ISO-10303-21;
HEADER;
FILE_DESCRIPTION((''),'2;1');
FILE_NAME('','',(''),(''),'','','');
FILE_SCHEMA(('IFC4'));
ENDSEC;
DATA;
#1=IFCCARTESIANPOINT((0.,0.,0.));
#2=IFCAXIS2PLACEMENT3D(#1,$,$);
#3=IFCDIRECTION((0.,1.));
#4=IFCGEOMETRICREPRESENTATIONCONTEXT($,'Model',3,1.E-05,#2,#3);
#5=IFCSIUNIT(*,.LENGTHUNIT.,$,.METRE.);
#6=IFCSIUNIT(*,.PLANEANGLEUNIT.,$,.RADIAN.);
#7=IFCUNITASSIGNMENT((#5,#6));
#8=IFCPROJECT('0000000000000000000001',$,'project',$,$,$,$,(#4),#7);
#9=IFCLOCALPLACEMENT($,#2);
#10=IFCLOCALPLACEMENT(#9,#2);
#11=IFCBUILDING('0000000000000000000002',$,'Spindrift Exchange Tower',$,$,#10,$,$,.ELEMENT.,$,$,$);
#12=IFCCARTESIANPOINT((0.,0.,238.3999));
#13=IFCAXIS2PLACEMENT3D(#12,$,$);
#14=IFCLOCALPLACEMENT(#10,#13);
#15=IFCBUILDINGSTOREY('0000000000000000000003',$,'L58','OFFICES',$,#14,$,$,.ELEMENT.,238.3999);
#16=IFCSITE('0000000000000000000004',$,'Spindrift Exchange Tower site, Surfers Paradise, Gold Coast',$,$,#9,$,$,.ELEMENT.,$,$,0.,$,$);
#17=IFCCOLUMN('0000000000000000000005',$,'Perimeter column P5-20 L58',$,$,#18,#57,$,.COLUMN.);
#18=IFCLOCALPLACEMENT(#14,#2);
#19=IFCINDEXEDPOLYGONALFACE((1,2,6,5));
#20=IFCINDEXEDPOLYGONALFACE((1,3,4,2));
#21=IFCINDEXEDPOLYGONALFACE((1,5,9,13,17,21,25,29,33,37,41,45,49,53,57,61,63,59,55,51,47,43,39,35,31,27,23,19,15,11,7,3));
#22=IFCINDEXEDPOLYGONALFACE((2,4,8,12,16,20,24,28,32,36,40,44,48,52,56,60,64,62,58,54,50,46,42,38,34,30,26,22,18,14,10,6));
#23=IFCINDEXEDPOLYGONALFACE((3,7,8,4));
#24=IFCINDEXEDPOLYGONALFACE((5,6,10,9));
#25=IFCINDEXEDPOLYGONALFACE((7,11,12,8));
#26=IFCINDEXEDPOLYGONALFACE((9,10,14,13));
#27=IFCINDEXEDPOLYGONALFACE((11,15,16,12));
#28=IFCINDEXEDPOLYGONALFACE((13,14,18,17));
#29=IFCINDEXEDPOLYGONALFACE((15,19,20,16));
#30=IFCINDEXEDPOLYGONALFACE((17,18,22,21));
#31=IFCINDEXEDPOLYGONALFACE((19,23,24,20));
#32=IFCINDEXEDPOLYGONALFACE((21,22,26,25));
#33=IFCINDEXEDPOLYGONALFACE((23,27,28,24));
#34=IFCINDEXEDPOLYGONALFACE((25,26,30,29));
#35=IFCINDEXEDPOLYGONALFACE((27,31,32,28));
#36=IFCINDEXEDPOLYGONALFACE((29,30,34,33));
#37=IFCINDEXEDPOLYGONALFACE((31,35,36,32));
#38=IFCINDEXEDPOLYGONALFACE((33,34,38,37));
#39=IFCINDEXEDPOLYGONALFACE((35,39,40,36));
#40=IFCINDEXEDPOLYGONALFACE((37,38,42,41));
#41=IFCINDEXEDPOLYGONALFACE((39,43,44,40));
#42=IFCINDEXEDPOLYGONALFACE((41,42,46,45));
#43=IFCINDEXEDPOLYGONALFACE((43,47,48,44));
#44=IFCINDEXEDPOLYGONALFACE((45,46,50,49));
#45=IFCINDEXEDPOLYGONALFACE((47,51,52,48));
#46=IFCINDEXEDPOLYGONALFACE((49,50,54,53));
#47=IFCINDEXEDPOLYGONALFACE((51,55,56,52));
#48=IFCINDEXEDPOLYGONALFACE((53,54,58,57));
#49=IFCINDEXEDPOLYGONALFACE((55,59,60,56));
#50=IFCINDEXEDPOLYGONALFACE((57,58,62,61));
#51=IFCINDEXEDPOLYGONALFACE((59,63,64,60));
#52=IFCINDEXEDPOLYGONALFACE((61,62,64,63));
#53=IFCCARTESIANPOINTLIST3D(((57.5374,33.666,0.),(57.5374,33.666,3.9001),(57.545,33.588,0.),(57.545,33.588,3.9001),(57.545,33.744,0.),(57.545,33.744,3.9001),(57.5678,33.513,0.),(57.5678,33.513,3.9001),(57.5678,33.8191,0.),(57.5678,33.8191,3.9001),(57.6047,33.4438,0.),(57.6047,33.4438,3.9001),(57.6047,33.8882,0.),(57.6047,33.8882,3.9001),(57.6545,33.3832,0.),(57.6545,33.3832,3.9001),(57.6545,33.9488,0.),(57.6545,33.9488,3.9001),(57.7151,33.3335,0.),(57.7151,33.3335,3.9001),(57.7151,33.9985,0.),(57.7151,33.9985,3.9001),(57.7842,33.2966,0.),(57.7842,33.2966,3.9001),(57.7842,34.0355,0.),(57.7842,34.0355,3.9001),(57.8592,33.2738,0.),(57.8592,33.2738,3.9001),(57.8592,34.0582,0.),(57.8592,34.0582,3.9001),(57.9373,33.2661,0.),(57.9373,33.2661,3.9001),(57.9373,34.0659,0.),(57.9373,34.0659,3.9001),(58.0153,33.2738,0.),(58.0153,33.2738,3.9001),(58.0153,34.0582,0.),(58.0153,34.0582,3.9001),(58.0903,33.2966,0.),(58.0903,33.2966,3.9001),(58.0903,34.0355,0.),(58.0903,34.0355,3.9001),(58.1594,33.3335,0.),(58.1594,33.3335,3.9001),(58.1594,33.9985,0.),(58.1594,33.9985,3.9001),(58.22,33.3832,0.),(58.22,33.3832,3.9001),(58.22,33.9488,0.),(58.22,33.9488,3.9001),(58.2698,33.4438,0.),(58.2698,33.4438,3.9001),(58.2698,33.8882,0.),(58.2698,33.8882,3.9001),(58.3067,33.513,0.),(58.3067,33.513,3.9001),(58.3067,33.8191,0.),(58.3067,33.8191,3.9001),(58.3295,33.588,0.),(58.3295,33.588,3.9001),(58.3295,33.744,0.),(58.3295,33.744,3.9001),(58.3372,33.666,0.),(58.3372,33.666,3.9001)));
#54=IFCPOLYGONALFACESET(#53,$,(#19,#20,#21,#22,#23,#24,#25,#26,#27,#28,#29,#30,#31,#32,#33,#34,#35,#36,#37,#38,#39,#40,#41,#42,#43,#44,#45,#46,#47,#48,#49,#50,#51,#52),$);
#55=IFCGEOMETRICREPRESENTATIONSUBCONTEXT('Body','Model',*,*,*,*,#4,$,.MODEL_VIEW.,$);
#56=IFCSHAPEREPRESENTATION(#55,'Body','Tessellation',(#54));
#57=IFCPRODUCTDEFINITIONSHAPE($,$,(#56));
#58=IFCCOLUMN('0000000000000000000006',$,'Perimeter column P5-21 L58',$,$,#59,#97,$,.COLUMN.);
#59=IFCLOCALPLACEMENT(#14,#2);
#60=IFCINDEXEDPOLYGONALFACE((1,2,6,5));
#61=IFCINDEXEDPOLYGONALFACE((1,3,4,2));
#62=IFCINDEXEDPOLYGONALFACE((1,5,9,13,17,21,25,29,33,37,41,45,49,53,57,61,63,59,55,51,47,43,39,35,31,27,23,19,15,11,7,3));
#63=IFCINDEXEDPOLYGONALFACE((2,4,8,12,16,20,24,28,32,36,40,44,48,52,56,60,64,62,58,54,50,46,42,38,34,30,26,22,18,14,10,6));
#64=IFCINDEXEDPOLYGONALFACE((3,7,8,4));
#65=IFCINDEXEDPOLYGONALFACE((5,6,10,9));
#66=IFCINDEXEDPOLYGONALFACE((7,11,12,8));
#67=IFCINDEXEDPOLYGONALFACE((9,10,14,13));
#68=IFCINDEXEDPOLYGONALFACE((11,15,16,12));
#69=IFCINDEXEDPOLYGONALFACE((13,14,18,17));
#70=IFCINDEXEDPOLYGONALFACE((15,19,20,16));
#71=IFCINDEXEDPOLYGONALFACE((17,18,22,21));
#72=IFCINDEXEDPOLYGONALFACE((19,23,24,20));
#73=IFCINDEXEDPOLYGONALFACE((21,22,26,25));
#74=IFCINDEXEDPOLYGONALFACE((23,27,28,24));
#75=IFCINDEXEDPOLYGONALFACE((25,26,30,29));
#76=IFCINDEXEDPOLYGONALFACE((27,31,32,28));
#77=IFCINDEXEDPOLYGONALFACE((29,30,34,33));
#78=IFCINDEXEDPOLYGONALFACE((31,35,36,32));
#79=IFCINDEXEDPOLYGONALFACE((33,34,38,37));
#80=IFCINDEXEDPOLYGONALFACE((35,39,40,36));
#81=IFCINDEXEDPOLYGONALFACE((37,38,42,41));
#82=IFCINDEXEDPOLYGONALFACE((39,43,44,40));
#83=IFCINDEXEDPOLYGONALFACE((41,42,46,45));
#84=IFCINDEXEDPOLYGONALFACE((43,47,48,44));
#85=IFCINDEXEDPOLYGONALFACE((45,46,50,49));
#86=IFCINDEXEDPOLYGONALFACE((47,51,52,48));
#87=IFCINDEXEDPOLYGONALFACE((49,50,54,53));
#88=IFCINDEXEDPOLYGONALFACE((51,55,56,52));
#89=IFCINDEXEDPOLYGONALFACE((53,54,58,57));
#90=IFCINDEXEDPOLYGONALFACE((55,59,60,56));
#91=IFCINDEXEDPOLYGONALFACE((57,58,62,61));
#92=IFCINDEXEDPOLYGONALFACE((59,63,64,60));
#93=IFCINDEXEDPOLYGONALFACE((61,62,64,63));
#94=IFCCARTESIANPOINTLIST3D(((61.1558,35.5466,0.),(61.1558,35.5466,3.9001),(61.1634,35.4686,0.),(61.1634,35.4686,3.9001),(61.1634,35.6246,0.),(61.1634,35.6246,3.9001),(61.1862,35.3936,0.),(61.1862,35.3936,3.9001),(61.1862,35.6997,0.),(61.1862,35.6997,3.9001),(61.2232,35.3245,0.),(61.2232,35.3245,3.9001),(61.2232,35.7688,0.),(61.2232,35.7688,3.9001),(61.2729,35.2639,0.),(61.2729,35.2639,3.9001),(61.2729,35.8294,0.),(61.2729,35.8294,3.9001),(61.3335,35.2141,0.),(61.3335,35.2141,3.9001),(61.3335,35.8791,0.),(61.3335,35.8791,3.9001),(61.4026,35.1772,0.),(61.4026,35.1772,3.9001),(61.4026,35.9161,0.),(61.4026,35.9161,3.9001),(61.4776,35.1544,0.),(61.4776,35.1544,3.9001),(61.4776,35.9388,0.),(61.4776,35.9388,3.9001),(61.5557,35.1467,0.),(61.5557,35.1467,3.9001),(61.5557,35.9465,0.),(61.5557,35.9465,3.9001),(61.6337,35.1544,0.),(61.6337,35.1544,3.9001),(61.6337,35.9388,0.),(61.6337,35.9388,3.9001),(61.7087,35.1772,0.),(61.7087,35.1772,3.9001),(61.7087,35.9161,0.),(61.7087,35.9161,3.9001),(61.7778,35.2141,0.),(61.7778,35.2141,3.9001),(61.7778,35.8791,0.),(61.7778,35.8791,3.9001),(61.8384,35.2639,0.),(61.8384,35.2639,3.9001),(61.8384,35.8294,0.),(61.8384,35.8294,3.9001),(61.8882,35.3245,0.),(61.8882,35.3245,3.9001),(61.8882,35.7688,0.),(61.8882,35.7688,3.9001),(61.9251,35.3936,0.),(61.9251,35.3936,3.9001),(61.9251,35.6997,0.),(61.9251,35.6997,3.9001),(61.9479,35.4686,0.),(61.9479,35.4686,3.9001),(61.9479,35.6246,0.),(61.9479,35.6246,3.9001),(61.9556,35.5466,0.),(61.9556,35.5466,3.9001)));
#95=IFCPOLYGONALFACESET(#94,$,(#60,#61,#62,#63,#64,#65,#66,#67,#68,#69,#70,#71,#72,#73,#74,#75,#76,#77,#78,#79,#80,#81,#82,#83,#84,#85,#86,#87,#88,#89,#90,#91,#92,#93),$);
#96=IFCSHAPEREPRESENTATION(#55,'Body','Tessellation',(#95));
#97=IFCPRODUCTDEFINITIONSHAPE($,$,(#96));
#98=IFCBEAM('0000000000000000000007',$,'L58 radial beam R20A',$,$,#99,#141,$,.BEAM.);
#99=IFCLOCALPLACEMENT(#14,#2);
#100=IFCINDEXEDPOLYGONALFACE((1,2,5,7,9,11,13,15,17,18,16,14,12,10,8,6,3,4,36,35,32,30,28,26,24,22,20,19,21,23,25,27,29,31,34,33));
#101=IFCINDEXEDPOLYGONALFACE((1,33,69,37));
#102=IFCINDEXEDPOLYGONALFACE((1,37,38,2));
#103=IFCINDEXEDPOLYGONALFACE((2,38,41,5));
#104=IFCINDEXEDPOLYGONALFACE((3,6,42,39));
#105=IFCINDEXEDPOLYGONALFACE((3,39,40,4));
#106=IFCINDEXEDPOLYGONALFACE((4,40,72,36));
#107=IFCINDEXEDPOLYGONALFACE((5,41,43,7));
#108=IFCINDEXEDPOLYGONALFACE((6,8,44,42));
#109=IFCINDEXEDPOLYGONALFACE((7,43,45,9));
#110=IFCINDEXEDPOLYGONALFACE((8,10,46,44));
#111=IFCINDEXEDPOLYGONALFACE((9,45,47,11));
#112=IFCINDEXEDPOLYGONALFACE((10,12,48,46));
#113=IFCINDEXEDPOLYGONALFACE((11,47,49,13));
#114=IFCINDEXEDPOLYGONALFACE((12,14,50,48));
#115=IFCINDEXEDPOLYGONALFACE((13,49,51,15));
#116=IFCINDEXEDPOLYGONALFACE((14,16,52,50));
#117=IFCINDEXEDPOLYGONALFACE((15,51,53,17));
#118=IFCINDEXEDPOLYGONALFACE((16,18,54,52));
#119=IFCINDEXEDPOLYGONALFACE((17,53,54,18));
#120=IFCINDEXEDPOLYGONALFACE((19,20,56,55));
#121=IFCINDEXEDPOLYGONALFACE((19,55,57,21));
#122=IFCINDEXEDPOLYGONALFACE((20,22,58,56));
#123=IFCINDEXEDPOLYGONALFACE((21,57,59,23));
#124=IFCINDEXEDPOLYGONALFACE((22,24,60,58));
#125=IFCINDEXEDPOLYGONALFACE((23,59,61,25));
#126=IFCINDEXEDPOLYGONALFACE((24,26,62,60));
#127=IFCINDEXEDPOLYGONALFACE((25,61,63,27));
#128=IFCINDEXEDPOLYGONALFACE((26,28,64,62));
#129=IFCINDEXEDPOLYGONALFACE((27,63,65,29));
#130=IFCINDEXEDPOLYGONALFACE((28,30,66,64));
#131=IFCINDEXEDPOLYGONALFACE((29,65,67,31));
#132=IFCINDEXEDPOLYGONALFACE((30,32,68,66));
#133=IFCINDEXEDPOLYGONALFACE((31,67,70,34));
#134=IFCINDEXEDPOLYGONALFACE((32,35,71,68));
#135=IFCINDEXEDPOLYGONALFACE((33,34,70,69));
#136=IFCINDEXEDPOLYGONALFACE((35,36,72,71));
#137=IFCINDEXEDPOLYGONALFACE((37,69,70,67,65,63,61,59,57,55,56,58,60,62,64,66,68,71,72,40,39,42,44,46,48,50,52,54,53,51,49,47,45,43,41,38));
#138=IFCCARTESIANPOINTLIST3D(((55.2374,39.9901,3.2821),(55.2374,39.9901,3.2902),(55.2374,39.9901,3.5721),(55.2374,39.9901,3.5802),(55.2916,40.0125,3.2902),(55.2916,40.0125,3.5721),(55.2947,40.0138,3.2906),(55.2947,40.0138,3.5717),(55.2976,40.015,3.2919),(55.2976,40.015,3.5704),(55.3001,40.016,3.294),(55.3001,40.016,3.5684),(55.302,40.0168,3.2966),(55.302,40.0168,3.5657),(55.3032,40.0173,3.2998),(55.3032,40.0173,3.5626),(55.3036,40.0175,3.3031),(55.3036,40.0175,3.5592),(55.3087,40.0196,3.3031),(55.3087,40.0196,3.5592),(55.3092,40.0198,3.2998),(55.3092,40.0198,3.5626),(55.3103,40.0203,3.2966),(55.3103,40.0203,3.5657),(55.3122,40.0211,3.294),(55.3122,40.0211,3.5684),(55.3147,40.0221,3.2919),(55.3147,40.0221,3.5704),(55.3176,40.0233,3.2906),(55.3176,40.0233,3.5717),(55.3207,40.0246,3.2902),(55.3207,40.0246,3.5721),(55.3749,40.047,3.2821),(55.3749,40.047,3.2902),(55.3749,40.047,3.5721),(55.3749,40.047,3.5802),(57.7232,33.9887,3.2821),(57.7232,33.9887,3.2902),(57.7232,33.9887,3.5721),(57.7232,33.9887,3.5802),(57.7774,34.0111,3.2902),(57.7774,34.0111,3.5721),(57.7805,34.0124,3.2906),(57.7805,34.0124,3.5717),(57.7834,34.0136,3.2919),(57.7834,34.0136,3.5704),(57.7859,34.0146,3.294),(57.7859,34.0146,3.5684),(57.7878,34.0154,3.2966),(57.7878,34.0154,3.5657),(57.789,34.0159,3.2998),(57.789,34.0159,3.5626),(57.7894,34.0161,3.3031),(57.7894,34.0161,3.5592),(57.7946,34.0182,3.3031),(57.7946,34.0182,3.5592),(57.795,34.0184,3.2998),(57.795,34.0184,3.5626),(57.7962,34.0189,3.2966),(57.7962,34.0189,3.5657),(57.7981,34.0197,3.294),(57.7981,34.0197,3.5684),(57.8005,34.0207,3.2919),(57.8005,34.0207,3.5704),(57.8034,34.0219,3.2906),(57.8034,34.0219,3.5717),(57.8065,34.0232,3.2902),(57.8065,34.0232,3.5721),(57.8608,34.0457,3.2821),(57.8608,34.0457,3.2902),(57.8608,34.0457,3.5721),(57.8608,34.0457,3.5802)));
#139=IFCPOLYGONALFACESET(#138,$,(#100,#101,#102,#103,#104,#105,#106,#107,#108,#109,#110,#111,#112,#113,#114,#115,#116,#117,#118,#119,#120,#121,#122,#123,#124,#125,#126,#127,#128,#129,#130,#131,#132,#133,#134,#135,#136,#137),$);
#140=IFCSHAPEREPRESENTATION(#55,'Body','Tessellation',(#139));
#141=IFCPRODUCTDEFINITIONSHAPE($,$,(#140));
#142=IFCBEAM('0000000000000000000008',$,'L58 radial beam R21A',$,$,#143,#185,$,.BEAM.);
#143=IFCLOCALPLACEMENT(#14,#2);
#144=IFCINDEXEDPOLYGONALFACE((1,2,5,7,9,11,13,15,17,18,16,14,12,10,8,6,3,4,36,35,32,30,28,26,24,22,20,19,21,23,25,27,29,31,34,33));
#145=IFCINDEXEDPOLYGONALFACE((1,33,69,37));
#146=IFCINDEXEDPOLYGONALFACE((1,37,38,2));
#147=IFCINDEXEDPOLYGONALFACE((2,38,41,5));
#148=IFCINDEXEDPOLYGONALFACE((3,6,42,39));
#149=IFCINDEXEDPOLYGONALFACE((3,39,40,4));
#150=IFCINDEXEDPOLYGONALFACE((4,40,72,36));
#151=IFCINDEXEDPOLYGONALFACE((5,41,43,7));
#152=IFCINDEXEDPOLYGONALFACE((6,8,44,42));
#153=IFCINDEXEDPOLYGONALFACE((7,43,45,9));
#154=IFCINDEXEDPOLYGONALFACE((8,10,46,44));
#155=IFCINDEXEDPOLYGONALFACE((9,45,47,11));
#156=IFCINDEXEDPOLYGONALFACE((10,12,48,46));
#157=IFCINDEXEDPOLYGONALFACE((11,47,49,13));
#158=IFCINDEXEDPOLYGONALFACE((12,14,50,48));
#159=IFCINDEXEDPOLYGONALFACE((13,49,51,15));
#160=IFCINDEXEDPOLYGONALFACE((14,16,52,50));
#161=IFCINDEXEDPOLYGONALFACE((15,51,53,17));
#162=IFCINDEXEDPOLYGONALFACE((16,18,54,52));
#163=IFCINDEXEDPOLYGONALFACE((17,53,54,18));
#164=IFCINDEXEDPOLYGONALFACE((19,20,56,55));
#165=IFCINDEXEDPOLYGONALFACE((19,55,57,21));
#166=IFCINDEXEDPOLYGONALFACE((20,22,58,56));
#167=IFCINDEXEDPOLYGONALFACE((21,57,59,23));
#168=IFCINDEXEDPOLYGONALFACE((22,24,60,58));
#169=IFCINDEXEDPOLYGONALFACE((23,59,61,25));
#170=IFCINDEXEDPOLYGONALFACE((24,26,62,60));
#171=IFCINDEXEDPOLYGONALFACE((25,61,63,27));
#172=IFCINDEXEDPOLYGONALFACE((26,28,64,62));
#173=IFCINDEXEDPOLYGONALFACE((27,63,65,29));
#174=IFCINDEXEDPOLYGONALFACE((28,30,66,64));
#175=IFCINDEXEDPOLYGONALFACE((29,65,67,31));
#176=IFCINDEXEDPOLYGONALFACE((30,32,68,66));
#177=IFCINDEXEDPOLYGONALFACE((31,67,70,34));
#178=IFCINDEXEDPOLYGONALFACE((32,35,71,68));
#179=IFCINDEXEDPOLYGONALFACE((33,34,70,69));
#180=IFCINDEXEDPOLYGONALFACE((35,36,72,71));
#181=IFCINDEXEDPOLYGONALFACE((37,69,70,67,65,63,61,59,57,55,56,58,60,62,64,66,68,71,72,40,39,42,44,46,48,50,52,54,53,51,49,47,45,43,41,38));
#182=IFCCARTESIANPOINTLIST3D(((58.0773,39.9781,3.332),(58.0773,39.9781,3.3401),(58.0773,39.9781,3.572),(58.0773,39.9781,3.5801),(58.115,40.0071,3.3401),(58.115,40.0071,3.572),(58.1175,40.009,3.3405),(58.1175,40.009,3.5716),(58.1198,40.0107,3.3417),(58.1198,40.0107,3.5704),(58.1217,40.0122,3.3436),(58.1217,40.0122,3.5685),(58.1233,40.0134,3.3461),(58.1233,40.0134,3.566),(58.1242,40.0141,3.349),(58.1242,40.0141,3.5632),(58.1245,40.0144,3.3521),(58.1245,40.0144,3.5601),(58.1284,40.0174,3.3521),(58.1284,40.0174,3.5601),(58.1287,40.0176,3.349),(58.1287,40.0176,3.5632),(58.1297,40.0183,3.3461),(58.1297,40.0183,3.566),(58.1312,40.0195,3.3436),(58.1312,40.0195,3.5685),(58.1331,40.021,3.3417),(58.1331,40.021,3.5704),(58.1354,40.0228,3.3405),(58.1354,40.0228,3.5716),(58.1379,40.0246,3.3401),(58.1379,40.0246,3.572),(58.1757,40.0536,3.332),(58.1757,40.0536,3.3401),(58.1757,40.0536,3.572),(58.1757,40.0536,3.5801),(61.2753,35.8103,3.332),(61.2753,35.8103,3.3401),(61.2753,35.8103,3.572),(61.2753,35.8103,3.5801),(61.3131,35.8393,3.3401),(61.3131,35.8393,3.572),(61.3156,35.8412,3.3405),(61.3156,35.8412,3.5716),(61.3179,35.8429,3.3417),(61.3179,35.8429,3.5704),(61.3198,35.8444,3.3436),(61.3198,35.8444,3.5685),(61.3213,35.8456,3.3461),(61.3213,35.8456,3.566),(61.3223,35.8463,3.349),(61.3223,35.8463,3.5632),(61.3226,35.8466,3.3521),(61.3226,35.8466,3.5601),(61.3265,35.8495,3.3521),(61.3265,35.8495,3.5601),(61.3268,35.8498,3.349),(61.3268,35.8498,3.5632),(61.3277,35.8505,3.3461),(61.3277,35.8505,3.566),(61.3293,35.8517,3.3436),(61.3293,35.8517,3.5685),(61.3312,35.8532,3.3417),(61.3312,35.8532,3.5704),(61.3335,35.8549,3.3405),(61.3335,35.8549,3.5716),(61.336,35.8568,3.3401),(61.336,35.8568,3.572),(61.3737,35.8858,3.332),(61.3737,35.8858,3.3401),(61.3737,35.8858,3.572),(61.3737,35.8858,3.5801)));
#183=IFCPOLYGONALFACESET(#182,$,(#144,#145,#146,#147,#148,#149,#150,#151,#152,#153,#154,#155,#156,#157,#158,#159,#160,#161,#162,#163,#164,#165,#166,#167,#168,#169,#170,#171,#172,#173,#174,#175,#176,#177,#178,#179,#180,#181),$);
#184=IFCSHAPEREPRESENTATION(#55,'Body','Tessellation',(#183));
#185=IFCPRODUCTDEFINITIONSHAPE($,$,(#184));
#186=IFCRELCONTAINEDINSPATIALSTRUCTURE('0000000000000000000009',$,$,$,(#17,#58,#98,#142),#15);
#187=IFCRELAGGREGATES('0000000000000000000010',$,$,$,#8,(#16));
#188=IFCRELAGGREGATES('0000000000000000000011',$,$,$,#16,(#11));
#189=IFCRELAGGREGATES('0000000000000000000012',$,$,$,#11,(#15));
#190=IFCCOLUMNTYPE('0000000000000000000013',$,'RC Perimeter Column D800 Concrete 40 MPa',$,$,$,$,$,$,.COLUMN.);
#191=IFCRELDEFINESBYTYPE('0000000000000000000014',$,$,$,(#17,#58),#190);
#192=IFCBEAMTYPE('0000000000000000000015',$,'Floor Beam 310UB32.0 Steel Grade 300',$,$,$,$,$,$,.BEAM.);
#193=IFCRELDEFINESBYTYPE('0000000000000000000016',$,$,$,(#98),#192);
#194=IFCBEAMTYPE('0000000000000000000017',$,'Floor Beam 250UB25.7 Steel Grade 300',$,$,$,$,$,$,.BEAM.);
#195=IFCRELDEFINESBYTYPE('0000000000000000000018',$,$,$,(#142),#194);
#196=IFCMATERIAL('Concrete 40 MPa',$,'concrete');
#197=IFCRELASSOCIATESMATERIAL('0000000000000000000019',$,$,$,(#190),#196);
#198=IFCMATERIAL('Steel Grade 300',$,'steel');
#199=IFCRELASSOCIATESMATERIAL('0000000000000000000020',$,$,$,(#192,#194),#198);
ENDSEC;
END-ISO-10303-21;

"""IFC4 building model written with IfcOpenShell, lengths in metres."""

from ifc_helpers import new_model, si_unit, direction, frame, origin, origin_2d, place, context, subcontext, project, spatial, circle, i_section, extrude, source, transform, mapped, material, material_profile, profile_set, type_object, element, save


model = new_model("IFC4")

# Units and contexts
model_context = context("Model", 3, precision=1e-05, world=origin(), true_north=direction((0.0, 1.0)))
body_context = subcontext(model_context, "Body", "Model", "MODEL_VIEW")
ifc_project = project(units=[si_unit("LENGTHUNIT", "METRE"), si_unit("PLANEANGLEUNIT", "RADIAN")], contexts=[model_context])

# Site, building, storey
site_placement = place(None, origin())
site = spatial("IfcSite", under=ifc_project, at=site_placement, Name="Spindrift Exchange Tower site, Surfers Paradise, Gold Coast", CompositionType="ELEMENT", RefElevation=0.0)
building_placement = place(site_placement, origin())
building = spatial("IfcBuilding", under=site, at=building_placement, Name="Spindrift Exchange Tower", CompositionType="ELEMENT")
storey_placement = place(building_placement, frame((0.0, 0.0, 238.3999)))
storey = spatial("IfcBuildingStorey", under=building, at=storey_placement, Name="L58", Description="OFFICES", CompositionType="ELEMENT", Elevation=238.3999)

# Columns
ifc_material_1 = material(Name="Concrete 40 MPa", Category="concrete")
ifc_material_profile_1 = material_profile(ifc_material_1, circle(Radius=0.3999, at=origin_2d()), Name="RC D800")
ifc_profile_set_1 = profile_set([ifc_material_profile_1], Name="Concrete 40 MPa")
column_type = type_object("IfcColumnType", Name="RC Perimeter Column D800 Concrete 40 MPa", PredefinedType="COLUMN", material=ifc_profile_set_1)
shared_shape_1 = source(origin(), body_context, "Body", "SweptSolid", [
    extrude(circle(Radius=0.3999, at=origin_2d()), origin(), (0.0, 0.0, 1.0), 3.9001),
])
for number, where, z_axis, x_axis, name in (
    (1, (57.9373, 33.666, 0.0), (0.0, 0.0, 1.0), (1.0, 0.0, 0.0), "Perimeter column P5-20 L58"),
    (2, (61.5557, 35.5466, 0.0), (0.0, 0.0, 1.0), (1.0, 0.0, 0.0), "Perimeter column P5-21 L58"),
):
    element("IfcColumn", number, at=place(storey_placement, frame(where, z_axis=z_axis, x_axis=x_axis)), inside=storey, type_object=column_type, Name=name, PredefinedType="COLUMN", context=body_context, shape_type="MappedRepresentation", body=[
        mapped(shared_shape_1, transform((0.0, 0.0, 0.0), scale=1.0)),
    ])

# Beams
ifc_material_2 = material(Name="Steel Grade 300", Category="steel")
ifc_material_profile_2 = material_profile(ifc_material_2, i_section(OverallWidth=0.1489, OverallDepth=0.2981, WebThickness=0.0056, FlangeThickness=0.0081, FilletRadius=0.0129, at=origin_2d()), Name="310UB32.0")
ifc_profile_set_2 = profile_set([ifc_material_profile_2], Name="Steel Grade 300")
beam_type_1 = type_object("IfcBeamType", Name="Floor Beam 310UB32.0 Steel Grade 300", PredefinedType="BEAM", material=ifc_profile_set_2)
shared_shape_2 = source(origin(), body_context, "Body", "SweptSolid", [
    extrude(i_section(OverallWidth=0.1489, OverallDepth=0.2981, WebThickness=0.0056, FlangeThickness=0.0081, FilletRadius=0.0129, at=origin_2d()), origin(), (0.0, 0.0, 1.0), 6.4958),
])
beam_1_placement = place(storey_placement, frame((55.3062, 40.0186, 3.4312), z_axis=(0.382677, -0.923882, 0.0), x_axis=(0.923882, 0.382677, 0.0)))
element("IfcBeam", 3, at=beam_1_placement, inside=storey, type_object=beam_type_1, Name="L58 radial beam R20A", PredefinedType="BEAM", context=body_context, shape_type="MappedRepresentation", body=[
    mapped(shared_shape_2, transform((0.0, 0.0, 0.0), scale=1.0)),
])
ifc_material_profile_3 = material_profile(ifc_material_2, i_section(OverallWidth=0.124, OverallDepth=0.248, WebThickness=0.0049, FlangeThickness=0.0081, FilletRadius=0.012, at=origin_2d()), Name="250UB25.7")
ifc_profile_set_3 = profile_set([ifc_material_profile_3], Name="Steel Grade 300")
beam_type_2 = type_object("IfcBeamType", Name="Floor Beam 250UB25.7 Steel Grade 300", PredefinedType="BEAM", material=ifc_profile_set_3)
shared_shape_3 = source(origin(), body_context, "Body", "SweptSolid", [
    extrude(i_section(OverallWidth=0.124, OverallDepth=0.248, WebThickness=0.0049, FlangeThickness=0.0081, FilletRadius=0.012, at=origin_2d()), origin(), (0.0, 0.0, 1.0), 5.2534),
])
beam_2_placement = place(storey_placement, frame((58.1265, 40.0159, 3.4561), z_axis=(0.60876, -0.793354, 0.0), x_axis=(0.793354, 0.60876, 0.0)))
element("IfcBeam", 4, at=beam_2_placement, inside=storey, type_object=beam_type_2, Name="L58 radial beam R21A", PredefinedType="BEAM", context=body_context, shape_type="MappedRepresentation", body=[
    mapped(shared_shape_3, transform((0.0, 0.0, 0.0), scale=1.0)),
])

save(model, "model.ifc")
